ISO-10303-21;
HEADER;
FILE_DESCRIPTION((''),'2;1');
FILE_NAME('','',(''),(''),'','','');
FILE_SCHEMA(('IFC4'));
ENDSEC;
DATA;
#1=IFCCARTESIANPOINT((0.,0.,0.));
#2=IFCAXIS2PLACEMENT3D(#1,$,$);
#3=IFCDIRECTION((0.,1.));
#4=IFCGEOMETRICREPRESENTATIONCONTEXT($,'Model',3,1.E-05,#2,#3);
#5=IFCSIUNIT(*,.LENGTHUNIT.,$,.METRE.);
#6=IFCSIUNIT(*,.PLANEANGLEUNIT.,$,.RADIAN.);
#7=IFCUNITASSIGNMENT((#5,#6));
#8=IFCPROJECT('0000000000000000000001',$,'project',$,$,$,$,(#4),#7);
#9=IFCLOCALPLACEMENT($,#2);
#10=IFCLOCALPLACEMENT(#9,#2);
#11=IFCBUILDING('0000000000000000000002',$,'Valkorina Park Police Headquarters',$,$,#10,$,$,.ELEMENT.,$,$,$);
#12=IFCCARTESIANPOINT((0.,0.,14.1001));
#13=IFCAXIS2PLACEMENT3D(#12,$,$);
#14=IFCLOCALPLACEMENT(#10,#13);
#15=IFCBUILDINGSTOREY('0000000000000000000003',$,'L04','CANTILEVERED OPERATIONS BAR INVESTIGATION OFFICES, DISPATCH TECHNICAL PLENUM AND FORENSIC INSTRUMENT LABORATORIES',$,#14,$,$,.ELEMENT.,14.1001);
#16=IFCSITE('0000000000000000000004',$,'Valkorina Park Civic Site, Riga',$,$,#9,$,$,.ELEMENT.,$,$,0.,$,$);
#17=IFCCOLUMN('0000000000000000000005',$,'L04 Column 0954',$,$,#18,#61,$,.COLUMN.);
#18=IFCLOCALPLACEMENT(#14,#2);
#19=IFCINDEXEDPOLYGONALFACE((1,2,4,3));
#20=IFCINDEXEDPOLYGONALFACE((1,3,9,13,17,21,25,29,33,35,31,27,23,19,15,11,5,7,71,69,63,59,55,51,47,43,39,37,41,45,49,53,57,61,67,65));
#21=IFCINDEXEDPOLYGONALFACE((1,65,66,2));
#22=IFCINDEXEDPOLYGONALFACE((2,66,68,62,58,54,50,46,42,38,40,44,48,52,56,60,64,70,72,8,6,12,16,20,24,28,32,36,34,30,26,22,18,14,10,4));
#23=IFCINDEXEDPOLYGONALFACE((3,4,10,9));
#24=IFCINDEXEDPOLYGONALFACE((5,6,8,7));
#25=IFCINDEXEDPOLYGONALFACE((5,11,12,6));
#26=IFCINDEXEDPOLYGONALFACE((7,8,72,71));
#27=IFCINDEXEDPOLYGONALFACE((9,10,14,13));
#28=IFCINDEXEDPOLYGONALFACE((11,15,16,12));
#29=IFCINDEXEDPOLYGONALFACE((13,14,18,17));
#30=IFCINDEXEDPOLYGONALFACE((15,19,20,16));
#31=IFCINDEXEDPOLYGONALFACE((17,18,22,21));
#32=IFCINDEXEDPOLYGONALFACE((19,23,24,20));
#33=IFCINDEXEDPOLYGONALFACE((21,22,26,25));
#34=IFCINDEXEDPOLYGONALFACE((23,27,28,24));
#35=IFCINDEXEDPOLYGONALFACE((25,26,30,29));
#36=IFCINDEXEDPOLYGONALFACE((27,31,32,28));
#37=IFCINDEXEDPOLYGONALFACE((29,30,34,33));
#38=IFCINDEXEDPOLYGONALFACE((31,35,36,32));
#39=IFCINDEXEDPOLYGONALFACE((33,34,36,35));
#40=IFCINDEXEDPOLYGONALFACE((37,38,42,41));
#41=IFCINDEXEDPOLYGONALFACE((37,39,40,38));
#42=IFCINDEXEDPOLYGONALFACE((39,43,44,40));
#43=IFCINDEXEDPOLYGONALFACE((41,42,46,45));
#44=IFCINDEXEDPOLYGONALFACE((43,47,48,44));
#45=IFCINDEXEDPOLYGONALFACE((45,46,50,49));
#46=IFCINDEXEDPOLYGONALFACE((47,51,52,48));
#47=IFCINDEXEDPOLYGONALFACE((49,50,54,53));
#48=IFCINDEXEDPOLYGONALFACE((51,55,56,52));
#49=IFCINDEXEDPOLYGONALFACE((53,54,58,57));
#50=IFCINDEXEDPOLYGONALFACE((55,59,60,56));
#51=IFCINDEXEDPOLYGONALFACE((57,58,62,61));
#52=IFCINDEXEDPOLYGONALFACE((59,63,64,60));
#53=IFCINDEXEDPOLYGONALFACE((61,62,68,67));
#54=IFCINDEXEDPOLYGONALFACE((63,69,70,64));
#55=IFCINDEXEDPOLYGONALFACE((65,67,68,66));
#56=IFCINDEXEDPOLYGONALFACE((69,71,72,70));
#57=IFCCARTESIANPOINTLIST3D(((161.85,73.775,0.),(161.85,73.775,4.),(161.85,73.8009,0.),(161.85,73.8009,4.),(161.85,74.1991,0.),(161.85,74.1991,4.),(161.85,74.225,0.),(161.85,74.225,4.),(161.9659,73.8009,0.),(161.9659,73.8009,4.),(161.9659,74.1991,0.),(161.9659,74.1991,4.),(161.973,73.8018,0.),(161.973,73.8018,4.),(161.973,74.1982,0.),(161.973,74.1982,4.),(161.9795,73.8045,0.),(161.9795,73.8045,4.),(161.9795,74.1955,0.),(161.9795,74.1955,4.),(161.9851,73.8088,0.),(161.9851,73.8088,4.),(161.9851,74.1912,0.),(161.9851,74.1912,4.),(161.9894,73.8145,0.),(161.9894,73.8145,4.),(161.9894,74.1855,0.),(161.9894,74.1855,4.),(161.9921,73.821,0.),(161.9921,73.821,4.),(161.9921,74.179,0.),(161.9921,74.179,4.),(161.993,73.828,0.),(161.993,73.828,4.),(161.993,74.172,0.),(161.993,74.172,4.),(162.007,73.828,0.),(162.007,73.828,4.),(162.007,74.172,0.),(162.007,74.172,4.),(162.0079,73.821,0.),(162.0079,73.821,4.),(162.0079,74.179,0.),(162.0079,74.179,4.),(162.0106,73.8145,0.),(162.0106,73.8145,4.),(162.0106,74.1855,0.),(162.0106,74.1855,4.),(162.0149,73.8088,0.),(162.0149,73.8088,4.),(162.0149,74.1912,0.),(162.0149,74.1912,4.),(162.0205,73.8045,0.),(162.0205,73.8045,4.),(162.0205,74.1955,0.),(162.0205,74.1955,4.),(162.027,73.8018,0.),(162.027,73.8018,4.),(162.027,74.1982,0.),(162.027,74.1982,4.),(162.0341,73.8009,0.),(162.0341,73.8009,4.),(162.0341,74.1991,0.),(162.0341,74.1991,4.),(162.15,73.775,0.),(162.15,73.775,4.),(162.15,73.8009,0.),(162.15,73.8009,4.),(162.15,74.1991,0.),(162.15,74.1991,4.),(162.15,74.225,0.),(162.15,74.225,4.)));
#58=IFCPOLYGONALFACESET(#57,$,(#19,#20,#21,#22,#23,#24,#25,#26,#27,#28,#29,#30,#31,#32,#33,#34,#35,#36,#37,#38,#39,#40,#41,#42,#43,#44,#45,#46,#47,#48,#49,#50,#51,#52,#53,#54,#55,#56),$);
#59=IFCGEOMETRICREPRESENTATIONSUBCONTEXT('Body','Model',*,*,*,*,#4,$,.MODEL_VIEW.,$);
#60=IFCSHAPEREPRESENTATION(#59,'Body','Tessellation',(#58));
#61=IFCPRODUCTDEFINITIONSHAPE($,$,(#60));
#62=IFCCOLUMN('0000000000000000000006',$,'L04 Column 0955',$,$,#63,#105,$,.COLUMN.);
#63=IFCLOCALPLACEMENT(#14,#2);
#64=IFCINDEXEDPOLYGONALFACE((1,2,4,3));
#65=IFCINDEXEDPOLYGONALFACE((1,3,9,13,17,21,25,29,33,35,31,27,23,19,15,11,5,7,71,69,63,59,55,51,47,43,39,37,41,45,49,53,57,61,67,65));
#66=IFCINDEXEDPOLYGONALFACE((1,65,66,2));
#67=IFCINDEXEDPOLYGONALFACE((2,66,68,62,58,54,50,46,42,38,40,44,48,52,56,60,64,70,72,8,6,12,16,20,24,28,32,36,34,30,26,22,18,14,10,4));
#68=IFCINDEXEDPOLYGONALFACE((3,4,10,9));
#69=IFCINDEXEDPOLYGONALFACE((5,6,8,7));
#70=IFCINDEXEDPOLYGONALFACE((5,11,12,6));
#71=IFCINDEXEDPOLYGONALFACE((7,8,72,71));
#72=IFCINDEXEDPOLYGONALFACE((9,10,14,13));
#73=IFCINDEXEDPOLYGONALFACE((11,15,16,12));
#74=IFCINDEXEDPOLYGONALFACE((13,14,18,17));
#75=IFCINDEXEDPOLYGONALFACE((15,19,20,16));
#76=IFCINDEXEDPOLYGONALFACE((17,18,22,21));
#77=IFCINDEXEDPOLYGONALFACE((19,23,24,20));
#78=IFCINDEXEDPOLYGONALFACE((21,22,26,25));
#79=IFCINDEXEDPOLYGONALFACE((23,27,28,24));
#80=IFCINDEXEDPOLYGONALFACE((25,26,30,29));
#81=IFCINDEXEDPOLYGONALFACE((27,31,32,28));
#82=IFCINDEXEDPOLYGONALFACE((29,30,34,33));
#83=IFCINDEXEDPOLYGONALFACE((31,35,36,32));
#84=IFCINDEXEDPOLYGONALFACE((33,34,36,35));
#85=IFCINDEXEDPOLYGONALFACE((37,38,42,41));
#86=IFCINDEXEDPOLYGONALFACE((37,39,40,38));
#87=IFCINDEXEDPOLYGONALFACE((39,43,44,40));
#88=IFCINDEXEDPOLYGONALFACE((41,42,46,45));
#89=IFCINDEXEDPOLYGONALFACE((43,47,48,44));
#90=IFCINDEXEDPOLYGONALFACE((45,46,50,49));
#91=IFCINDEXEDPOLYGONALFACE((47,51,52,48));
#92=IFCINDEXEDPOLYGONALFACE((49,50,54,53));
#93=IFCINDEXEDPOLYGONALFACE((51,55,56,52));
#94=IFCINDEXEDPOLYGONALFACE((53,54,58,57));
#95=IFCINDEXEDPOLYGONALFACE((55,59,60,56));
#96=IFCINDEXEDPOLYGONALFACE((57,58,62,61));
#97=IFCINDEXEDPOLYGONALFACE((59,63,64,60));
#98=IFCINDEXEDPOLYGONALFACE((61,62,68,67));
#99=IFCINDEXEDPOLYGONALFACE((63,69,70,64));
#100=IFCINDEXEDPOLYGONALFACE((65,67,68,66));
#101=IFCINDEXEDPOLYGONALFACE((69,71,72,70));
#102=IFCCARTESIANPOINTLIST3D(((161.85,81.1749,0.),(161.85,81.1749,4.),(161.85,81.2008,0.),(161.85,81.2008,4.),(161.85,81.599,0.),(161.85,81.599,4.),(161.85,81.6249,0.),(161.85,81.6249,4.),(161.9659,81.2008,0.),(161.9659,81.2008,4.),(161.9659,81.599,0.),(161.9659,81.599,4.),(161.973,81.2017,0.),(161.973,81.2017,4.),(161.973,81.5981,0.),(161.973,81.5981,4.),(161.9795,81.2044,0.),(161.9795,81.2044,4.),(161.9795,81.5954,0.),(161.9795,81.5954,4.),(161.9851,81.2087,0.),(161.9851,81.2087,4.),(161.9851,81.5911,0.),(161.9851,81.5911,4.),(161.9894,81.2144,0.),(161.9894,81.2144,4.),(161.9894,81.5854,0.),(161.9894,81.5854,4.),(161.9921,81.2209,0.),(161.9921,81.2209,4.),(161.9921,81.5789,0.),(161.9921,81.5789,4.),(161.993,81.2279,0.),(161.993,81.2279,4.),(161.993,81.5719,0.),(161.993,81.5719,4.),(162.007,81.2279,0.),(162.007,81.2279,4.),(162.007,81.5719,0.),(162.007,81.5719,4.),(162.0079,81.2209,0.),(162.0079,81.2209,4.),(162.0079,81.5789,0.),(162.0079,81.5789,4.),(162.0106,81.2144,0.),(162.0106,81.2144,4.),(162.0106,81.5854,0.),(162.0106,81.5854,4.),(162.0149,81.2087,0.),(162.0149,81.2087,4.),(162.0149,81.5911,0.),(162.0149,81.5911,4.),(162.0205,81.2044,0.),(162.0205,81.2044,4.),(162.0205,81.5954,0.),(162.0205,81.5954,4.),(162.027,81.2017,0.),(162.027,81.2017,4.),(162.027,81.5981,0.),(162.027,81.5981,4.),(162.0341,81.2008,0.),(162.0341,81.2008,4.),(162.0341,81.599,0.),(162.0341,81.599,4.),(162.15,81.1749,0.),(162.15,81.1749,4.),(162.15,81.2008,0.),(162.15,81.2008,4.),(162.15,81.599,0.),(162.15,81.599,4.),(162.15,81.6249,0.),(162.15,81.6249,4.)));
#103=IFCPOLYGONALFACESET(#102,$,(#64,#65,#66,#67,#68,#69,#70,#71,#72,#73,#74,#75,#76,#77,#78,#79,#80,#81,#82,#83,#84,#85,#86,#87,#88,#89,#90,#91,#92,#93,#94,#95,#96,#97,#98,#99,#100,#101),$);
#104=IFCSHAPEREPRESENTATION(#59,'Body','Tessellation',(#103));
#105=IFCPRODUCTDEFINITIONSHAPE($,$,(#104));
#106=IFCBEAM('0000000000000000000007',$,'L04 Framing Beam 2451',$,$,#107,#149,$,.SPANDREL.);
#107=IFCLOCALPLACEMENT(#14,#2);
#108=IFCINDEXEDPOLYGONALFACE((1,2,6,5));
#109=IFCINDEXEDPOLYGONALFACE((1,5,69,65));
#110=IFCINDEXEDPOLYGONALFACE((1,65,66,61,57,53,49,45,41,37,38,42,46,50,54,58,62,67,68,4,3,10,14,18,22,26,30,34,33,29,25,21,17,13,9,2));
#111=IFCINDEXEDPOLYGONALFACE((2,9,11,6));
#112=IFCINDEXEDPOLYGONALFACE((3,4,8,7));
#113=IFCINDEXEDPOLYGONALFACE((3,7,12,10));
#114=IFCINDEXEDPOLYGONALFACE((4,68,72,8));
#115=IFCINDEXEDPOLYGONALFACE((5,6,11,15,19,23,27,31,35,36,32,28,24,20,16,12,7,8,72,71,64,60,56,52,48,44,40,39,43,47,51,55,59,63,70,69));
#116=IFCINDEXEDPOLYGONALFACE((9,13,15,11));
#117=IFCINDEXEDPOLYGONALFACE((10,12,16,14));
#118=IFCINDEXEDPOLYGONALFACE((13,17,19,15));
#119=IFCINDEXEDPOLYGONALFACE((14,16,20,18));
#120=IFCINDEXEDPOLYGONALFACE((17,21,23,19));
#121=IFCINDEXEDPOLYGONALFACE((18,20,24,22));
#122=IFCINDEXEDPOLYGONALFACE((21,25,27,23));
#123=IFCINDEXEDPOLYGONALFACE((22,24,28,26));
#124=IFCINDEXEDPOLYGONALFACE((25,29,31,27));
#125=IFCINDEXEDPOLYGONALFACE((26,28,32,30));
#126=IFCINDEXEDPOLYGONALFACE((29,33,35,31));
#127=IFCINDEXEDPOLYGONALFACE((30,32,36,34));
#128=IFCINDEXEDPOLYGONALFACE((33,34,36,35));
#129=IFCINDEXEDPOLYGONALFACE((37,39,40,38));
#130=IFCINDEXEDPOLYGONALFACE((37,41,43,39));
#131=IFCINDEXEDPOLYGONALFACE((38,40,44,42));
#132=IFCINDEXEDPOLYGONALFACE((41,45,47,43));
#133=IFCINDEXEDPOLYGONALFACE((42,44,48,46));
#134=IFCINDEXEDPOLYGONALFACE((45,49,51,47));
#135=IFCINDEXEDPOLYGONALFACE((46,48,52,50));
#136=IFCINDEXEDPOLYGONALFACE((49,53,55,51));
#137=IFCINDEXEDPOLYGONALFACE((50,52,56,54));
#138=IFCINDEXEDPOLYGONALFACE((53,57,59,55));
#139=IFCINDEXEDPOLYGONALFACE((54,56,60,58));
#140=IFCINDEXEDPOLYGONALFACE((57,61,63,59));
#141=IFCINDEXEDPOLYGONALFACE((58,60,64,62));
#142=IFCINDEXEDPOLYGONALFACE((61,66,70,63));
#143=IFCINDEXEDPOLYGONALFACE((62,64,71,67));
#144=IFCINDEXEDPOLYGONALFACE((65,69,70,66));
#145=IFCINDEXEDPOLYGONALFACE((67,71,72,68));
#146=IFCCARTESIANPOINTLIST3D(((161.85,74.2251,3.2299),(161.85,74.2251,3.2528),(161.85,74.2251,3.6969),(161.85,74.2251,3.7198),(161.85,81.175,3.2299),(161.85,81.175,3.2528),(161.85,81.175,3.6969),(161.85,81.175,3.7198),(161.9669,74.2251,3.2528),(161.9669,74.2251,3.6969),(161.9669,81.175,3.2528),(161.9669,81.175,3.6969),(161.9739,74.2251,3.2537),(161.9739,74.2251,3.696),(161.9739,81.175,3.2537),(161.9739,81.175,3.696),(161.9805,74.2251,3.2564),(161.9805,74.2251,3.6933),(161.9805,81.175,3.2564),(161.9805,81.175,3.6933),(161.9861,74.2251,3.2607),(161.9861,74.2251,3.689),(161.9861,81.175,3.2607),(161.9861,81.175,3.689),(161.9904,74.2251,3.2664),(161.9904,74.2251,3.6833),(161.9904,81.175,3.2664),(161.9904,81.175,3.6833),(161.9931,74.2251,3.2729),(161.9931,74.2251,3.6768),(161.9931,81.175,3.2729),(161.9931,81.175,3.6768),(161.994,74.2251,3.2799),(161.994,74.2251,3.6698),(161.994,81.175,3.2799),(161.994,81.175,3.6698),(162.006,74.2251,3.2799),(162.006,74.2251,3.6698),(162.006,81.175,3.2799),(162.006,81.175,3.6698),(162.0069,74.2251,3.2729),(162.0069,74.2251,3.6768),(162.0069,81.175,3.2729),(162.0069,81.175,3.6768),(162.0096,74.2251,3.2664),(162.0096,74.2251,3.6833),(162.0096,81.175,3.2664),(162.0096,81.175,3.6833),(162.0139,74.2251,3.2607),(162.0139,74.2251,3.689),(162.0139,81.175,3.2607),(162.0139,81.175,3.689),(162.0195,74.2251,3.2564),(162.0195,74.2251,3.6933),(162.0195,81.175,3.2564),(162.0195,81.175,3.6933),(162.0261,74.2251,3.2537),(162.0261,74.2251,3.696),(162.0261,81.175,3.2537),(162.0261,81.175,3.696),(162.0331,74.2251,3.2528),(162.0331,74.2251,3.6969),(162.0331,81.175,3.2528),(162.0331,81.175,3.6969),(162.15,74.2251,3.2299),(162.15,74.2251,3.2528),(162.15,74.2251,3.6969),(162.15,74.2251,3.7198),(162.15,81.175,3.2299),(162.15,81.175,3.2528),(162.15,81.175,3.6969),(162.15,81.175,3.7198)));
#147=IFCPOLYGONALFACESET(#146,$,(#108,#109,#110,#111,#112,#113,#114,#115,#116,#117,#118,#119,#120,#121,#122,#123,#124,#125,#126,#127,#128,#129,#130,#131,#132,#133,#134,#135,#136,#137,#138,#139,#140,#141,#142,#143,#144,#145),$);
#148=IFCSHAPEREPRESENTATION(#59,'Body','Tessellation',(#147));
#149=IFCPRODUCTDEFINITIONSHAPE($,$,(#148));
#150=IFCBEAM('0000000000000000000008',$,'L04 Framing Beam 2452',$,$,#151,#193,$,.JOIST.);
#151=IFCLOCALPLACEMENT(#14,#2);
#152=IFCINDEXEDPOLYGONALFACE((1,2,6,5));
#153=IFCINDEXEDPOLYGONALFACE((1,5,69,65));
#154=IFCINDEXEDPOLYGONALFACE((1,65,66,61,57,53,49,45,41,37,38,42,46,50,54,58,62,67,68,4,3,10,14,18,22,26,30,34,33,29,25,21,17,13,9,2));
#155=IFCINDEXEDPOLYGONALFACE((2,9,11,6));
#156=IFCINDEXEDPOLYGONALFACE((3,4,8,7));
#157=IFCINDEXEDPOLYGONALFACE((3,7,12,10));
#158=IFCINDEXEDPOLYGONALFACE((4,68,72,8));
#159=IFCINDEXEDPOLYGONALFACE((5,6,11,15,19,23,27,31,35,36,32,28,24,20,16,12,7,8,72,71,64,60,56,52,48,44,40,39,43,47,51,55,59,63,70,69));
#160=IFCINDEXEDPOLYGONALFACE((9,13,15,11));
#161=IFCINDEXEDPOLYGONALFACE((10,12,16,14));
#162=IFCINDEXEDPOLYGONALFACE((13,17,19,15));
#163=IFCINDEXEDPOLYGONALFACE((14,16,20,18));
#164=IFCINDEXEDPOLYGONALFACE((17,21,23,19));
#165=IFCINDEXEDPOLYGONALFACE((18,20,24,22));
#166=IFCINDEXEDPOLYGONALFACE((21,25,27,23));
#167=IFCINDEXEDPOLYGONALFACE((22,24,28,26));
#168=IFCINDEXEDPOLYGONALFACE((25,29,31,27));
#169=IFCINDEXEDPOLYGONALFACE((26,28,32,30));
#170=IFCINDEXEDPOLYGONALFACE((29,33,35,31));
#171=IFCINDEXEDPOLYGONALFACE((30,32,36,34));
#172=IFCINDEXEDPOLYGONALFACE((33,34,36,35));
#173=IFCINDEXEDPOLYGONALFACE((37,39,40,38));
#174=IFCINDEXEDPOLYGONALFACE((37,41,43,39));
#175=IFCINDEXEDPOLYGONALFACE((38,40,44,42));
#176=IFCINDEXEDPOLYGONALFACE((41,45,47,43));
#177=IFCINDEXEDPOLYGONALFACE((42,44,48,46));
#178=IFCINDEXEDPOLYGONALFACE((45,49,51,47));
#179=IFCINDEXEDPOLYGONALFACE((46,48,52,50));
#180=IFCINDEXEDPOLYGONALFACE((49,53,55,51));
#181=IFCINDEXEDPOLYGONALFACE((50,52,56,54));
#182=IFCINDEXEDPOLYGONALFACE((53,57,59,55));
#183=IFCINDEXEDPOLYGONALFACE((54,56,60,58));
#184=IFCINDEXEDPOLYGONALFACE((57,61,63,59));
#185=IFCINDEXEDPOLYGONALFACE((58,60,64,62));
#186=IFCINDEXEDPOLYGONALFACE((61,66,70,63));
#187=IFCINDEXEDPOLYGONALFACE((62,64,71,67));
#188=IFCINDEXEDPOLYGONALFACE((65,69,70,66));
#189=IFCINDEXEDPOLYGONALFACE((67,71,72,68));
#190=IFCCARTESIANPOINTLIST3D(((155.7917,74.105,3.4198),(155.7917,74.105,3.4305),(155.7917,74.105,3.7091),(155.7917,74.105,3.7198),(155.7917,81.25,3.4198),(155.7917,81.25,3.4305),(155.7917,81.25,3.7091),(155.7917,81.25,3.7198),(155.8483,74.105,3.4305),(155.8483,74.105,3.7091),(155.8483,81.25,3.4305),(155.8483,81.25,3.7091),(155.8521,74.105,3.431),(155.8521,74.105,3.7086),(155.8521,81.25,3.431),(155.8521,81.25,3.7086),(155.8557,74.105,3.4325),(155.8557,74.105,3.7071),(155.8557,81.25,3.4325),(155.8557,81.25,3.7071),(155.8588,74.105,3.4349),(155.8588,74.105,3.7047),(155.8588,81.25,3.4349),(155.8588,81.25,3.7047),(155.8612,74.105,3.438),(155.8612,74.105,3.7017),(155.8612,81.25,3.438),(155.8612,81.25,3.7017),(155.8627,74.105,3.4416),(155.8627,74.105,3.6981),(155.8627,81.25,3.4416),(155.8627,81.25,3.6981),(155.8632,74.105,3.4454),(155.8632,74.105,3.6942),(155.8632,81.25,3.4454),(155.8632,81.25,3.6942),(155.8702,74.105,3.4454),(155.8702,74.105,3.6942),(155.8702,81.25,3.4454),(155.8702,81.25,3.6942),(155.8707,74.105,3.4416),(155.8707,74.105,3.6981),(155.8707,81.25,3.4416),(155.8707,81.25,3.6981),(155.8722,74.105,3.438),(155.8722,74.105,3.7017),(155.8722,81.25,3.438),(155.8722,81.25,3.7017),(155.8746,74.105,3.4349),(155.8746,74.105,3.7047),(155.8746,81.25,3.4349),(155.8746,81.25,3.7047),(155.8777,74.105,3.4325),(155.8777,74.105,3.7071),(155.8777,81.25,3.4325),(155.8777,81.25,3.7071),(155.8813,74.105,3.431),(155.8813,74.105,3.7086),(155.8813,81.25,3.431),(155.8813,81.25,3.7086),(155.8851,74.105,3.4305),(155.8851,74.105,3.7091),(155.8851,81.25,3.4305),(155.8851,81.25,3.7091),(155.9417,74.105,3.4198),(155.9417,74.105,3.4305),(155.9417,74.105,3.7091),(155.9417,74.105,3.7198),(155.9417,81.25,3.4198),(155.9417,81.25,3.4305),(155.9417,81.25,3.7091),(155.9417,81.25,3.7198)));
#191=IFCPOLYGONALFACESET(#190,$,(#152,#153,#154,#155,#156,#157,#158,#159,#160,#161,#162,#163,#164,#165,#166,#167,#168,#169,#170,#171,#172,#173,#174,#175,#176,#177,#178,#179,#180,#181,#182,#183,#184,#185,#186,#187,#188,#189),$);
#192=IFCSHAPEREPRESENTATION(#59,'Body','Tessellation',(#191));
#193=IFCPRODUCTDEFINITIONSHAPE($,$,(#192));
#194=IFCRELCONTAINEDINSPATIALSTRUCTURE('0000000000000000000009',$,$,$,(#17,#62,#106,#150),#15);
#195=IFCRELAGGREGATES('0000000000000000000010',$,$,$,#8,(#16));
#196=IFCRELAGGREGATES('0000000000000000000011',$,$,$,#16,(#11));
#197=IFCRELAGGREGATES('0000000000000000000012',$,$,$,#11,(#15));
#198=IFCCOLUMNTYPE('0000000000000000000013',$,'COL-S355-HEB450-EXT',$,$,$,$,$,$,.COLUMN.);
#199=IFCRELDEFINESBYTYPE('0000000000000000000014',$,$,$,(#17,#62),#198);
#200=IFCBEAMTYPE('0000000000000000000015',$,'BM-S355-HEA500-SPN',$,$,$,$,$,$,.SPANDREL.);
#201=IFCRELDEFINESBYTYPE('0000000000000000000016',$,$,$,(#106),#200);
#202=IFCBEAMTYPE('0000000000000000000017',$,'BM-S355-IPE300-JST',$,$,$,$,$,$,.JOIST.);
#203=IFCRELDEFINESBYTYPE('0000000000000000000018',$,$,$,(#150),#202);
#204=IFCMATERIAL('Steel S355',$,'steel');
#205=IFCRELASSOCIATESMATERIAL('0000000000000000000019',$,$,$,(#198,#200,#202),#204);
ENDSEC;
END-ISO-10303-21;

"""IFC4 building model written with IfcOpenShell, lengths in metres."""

from ifc_helpers import new_model, si_unit, direction, frame, origin, origin_2d, place, context, subcontext, project, spatial, i_section, extrude, material, material_profile, profile_set, type_object, element, save


model = new_model("IFC4")

# Units and contexts
model_context = context("Model", 3, precision=1e-05, world=origin(), true_north=direction((0.0, 1.0)))
body_context = subcontext(model_context, "Body", "Model", "MODEL_VIEW")
ifc_project = project(units=[si_unit("LENGTHUNIT", "METRE"), si_unit("PLANEANGLEUNIT", "RADIAN")], contexts=[model_context])

# Site, building, storey
site_placement = place(None, origin())
site = spatial("IfcSite", under=ifc_project, at=site_placement, Name="Valkorina Park Civic Site, Riga", CompositionType="ELEMENT", RefElevation=0.0)
building_placement = place(site_placement, origin())
building = spatial("IfcBuilding", under=site, at=building_placement, Name="Valkorina Park Police Headquarters", CompositionType="ELEMENT")
storey_placement = place(building_placement, frame((0.0, 0.0, 14.1001)))
storey = spatial("IfcBuildingStorey", under=building, at=storey_placement, Name="L04", Description="CANTILEVERED OPERATIONS BAR INVESTIGATION OFFICES, DISPATCH TECHNICAL PLENUM AND FORENSIC INSTRUMENT LABORATORIES", CompositionType="ELEMENT", Elevation=14.1001)

# Columns
ifc_material_1 = material(Name="Steel S355", Category="steel")
ifc_material_profile_1 = material_profile(ifc_material_1, i_section(OverallWidth=0.3, OverallDepth=0.45, WebThickness=0.0139, FlangeThickness=0.0259, FilletRadius=0.0271, at=origin_2d()), Name="HEB 450")
ifc_profile_set_1 = profile_set([ifc_material_profile_1], Name="Steel S355")
column_type = type_object("IfcColumnType", Name="COL-S355-HEB450-EXT", PredefinedType="COLUMN", material=ifc_profile_set_1)
for number, where, z_axis, x_axis, name in (
    (1, (162.0, 74.0, 0.0), (0.0, 0.0, 1.0), (1.0, 0.0, 0.0), "L04 Column 0954"),
    (2, (162.0, 81.3999, 0.0), (0.0, 0.0, 1.0), (1.0, 0.0, 0.0), "L04 Column 0955"),
):
    element("IfcColumn", number, at=place(storey_placement, frame(where, z_axis=z_axis, x_axis=x_axis)), inside=storey, type_object=column_type, Name=name, PredefinedType="COLUMN", context=body_context, shape_type="SweptSolid", body=[
        extrude(i_section(OverallWidth=0.3, OverallDepth=0.45, WebThickness=0.0139, FlangeThickness=0.0259, FilletRadius=0.0271, at=origin_2d()), origin(), (0.0, 0.0, 1.0), 4.0),
    ])

# Beams
ifc_material_profile_2 = material_profile(ifc_material_1, i_section(OverallWidth=0.3, OverallDepth=0.49, WebThickness=0.012, FlangeThickness=0.0229, FilletRadius=0.0271, at=origin_2d()), Name="HEA 500")
ifc_profile_set_2 = profile_set([ifc_material_profile_2], Name="Steel S355")
beam_type_1 = type_object("IfcBeamType", Name="BM-S355-HEA500-SPN", PredefinedType="SPANDREL", material=ifc_profile_set_2)
beam_placement = place(storey_placement, frame((162.0, 74.2251, 3.4749), z_axis=(0.0, 1.0, 0.0), x_axis=(-1.0, 0.0, 0.0)))
element("IfcBeam", 3, at=beam_placement, inside=storey, type_object=beam_type_1, Name="L04 Framing Beam 2451", PredefinedType="SPANDREL", context=body_context, shape_type="SweptSolid", body=[
    extrude(i_section(OverallWidth=0.3, OverallDepth=0.49, WebThickness=0.012, FlangeThickness=0.0229, FilletRadius=0.0271, at=origin_2d()), origin(), (0.0, 0.0, 1.0), 6.95),
])
ifc_material_profile_3 = material_profile(ifc_material_1, i_section(OverallWidth=0.1499, OverallDepth=0.3, WebThickness=0.0071, FlangeThickness=0.0107, FilletRadius=0.0149, at=origin_2d()), Name="IPE 300")
ifc_profile_set_3 = profile_set([ifc_material_profile_3], Name="Steel S355")
beam_type_2 = type_object("IfcBeamType", Name="BM-S355-IPE300-JST", PredefinedType="JOIST", material=ifc_profile_set_3)
for number, where, z_axis, x_axis, name in (
    (4, (155.8667, 74.105, 3.5698), (0.0, 1.0, 0.0), (-1.0, 0.0, 0.0), "L04 Framing Beam 2452"),
):
    element("IfcBeam", number, at=place(storey_placement, frame(where, z_axis=z_axis, x_axis=x_axis)), inside=storey, type_object=beam_type_2, Name=name, PredefinedType="JOIST", context=body_context, shape_type="SweptSolid", body=[
        extrude(i_section(OverallWidth=0.1499, OverallDepth=0.3, WebThickness=0.0071, FlangeThickness=0.0107, FilletRadius=0.0149, at=origin_2d()), origin(), (0.0, 0.0, 1.0), 7.145),
    ])

save(model, "model.ifc")
